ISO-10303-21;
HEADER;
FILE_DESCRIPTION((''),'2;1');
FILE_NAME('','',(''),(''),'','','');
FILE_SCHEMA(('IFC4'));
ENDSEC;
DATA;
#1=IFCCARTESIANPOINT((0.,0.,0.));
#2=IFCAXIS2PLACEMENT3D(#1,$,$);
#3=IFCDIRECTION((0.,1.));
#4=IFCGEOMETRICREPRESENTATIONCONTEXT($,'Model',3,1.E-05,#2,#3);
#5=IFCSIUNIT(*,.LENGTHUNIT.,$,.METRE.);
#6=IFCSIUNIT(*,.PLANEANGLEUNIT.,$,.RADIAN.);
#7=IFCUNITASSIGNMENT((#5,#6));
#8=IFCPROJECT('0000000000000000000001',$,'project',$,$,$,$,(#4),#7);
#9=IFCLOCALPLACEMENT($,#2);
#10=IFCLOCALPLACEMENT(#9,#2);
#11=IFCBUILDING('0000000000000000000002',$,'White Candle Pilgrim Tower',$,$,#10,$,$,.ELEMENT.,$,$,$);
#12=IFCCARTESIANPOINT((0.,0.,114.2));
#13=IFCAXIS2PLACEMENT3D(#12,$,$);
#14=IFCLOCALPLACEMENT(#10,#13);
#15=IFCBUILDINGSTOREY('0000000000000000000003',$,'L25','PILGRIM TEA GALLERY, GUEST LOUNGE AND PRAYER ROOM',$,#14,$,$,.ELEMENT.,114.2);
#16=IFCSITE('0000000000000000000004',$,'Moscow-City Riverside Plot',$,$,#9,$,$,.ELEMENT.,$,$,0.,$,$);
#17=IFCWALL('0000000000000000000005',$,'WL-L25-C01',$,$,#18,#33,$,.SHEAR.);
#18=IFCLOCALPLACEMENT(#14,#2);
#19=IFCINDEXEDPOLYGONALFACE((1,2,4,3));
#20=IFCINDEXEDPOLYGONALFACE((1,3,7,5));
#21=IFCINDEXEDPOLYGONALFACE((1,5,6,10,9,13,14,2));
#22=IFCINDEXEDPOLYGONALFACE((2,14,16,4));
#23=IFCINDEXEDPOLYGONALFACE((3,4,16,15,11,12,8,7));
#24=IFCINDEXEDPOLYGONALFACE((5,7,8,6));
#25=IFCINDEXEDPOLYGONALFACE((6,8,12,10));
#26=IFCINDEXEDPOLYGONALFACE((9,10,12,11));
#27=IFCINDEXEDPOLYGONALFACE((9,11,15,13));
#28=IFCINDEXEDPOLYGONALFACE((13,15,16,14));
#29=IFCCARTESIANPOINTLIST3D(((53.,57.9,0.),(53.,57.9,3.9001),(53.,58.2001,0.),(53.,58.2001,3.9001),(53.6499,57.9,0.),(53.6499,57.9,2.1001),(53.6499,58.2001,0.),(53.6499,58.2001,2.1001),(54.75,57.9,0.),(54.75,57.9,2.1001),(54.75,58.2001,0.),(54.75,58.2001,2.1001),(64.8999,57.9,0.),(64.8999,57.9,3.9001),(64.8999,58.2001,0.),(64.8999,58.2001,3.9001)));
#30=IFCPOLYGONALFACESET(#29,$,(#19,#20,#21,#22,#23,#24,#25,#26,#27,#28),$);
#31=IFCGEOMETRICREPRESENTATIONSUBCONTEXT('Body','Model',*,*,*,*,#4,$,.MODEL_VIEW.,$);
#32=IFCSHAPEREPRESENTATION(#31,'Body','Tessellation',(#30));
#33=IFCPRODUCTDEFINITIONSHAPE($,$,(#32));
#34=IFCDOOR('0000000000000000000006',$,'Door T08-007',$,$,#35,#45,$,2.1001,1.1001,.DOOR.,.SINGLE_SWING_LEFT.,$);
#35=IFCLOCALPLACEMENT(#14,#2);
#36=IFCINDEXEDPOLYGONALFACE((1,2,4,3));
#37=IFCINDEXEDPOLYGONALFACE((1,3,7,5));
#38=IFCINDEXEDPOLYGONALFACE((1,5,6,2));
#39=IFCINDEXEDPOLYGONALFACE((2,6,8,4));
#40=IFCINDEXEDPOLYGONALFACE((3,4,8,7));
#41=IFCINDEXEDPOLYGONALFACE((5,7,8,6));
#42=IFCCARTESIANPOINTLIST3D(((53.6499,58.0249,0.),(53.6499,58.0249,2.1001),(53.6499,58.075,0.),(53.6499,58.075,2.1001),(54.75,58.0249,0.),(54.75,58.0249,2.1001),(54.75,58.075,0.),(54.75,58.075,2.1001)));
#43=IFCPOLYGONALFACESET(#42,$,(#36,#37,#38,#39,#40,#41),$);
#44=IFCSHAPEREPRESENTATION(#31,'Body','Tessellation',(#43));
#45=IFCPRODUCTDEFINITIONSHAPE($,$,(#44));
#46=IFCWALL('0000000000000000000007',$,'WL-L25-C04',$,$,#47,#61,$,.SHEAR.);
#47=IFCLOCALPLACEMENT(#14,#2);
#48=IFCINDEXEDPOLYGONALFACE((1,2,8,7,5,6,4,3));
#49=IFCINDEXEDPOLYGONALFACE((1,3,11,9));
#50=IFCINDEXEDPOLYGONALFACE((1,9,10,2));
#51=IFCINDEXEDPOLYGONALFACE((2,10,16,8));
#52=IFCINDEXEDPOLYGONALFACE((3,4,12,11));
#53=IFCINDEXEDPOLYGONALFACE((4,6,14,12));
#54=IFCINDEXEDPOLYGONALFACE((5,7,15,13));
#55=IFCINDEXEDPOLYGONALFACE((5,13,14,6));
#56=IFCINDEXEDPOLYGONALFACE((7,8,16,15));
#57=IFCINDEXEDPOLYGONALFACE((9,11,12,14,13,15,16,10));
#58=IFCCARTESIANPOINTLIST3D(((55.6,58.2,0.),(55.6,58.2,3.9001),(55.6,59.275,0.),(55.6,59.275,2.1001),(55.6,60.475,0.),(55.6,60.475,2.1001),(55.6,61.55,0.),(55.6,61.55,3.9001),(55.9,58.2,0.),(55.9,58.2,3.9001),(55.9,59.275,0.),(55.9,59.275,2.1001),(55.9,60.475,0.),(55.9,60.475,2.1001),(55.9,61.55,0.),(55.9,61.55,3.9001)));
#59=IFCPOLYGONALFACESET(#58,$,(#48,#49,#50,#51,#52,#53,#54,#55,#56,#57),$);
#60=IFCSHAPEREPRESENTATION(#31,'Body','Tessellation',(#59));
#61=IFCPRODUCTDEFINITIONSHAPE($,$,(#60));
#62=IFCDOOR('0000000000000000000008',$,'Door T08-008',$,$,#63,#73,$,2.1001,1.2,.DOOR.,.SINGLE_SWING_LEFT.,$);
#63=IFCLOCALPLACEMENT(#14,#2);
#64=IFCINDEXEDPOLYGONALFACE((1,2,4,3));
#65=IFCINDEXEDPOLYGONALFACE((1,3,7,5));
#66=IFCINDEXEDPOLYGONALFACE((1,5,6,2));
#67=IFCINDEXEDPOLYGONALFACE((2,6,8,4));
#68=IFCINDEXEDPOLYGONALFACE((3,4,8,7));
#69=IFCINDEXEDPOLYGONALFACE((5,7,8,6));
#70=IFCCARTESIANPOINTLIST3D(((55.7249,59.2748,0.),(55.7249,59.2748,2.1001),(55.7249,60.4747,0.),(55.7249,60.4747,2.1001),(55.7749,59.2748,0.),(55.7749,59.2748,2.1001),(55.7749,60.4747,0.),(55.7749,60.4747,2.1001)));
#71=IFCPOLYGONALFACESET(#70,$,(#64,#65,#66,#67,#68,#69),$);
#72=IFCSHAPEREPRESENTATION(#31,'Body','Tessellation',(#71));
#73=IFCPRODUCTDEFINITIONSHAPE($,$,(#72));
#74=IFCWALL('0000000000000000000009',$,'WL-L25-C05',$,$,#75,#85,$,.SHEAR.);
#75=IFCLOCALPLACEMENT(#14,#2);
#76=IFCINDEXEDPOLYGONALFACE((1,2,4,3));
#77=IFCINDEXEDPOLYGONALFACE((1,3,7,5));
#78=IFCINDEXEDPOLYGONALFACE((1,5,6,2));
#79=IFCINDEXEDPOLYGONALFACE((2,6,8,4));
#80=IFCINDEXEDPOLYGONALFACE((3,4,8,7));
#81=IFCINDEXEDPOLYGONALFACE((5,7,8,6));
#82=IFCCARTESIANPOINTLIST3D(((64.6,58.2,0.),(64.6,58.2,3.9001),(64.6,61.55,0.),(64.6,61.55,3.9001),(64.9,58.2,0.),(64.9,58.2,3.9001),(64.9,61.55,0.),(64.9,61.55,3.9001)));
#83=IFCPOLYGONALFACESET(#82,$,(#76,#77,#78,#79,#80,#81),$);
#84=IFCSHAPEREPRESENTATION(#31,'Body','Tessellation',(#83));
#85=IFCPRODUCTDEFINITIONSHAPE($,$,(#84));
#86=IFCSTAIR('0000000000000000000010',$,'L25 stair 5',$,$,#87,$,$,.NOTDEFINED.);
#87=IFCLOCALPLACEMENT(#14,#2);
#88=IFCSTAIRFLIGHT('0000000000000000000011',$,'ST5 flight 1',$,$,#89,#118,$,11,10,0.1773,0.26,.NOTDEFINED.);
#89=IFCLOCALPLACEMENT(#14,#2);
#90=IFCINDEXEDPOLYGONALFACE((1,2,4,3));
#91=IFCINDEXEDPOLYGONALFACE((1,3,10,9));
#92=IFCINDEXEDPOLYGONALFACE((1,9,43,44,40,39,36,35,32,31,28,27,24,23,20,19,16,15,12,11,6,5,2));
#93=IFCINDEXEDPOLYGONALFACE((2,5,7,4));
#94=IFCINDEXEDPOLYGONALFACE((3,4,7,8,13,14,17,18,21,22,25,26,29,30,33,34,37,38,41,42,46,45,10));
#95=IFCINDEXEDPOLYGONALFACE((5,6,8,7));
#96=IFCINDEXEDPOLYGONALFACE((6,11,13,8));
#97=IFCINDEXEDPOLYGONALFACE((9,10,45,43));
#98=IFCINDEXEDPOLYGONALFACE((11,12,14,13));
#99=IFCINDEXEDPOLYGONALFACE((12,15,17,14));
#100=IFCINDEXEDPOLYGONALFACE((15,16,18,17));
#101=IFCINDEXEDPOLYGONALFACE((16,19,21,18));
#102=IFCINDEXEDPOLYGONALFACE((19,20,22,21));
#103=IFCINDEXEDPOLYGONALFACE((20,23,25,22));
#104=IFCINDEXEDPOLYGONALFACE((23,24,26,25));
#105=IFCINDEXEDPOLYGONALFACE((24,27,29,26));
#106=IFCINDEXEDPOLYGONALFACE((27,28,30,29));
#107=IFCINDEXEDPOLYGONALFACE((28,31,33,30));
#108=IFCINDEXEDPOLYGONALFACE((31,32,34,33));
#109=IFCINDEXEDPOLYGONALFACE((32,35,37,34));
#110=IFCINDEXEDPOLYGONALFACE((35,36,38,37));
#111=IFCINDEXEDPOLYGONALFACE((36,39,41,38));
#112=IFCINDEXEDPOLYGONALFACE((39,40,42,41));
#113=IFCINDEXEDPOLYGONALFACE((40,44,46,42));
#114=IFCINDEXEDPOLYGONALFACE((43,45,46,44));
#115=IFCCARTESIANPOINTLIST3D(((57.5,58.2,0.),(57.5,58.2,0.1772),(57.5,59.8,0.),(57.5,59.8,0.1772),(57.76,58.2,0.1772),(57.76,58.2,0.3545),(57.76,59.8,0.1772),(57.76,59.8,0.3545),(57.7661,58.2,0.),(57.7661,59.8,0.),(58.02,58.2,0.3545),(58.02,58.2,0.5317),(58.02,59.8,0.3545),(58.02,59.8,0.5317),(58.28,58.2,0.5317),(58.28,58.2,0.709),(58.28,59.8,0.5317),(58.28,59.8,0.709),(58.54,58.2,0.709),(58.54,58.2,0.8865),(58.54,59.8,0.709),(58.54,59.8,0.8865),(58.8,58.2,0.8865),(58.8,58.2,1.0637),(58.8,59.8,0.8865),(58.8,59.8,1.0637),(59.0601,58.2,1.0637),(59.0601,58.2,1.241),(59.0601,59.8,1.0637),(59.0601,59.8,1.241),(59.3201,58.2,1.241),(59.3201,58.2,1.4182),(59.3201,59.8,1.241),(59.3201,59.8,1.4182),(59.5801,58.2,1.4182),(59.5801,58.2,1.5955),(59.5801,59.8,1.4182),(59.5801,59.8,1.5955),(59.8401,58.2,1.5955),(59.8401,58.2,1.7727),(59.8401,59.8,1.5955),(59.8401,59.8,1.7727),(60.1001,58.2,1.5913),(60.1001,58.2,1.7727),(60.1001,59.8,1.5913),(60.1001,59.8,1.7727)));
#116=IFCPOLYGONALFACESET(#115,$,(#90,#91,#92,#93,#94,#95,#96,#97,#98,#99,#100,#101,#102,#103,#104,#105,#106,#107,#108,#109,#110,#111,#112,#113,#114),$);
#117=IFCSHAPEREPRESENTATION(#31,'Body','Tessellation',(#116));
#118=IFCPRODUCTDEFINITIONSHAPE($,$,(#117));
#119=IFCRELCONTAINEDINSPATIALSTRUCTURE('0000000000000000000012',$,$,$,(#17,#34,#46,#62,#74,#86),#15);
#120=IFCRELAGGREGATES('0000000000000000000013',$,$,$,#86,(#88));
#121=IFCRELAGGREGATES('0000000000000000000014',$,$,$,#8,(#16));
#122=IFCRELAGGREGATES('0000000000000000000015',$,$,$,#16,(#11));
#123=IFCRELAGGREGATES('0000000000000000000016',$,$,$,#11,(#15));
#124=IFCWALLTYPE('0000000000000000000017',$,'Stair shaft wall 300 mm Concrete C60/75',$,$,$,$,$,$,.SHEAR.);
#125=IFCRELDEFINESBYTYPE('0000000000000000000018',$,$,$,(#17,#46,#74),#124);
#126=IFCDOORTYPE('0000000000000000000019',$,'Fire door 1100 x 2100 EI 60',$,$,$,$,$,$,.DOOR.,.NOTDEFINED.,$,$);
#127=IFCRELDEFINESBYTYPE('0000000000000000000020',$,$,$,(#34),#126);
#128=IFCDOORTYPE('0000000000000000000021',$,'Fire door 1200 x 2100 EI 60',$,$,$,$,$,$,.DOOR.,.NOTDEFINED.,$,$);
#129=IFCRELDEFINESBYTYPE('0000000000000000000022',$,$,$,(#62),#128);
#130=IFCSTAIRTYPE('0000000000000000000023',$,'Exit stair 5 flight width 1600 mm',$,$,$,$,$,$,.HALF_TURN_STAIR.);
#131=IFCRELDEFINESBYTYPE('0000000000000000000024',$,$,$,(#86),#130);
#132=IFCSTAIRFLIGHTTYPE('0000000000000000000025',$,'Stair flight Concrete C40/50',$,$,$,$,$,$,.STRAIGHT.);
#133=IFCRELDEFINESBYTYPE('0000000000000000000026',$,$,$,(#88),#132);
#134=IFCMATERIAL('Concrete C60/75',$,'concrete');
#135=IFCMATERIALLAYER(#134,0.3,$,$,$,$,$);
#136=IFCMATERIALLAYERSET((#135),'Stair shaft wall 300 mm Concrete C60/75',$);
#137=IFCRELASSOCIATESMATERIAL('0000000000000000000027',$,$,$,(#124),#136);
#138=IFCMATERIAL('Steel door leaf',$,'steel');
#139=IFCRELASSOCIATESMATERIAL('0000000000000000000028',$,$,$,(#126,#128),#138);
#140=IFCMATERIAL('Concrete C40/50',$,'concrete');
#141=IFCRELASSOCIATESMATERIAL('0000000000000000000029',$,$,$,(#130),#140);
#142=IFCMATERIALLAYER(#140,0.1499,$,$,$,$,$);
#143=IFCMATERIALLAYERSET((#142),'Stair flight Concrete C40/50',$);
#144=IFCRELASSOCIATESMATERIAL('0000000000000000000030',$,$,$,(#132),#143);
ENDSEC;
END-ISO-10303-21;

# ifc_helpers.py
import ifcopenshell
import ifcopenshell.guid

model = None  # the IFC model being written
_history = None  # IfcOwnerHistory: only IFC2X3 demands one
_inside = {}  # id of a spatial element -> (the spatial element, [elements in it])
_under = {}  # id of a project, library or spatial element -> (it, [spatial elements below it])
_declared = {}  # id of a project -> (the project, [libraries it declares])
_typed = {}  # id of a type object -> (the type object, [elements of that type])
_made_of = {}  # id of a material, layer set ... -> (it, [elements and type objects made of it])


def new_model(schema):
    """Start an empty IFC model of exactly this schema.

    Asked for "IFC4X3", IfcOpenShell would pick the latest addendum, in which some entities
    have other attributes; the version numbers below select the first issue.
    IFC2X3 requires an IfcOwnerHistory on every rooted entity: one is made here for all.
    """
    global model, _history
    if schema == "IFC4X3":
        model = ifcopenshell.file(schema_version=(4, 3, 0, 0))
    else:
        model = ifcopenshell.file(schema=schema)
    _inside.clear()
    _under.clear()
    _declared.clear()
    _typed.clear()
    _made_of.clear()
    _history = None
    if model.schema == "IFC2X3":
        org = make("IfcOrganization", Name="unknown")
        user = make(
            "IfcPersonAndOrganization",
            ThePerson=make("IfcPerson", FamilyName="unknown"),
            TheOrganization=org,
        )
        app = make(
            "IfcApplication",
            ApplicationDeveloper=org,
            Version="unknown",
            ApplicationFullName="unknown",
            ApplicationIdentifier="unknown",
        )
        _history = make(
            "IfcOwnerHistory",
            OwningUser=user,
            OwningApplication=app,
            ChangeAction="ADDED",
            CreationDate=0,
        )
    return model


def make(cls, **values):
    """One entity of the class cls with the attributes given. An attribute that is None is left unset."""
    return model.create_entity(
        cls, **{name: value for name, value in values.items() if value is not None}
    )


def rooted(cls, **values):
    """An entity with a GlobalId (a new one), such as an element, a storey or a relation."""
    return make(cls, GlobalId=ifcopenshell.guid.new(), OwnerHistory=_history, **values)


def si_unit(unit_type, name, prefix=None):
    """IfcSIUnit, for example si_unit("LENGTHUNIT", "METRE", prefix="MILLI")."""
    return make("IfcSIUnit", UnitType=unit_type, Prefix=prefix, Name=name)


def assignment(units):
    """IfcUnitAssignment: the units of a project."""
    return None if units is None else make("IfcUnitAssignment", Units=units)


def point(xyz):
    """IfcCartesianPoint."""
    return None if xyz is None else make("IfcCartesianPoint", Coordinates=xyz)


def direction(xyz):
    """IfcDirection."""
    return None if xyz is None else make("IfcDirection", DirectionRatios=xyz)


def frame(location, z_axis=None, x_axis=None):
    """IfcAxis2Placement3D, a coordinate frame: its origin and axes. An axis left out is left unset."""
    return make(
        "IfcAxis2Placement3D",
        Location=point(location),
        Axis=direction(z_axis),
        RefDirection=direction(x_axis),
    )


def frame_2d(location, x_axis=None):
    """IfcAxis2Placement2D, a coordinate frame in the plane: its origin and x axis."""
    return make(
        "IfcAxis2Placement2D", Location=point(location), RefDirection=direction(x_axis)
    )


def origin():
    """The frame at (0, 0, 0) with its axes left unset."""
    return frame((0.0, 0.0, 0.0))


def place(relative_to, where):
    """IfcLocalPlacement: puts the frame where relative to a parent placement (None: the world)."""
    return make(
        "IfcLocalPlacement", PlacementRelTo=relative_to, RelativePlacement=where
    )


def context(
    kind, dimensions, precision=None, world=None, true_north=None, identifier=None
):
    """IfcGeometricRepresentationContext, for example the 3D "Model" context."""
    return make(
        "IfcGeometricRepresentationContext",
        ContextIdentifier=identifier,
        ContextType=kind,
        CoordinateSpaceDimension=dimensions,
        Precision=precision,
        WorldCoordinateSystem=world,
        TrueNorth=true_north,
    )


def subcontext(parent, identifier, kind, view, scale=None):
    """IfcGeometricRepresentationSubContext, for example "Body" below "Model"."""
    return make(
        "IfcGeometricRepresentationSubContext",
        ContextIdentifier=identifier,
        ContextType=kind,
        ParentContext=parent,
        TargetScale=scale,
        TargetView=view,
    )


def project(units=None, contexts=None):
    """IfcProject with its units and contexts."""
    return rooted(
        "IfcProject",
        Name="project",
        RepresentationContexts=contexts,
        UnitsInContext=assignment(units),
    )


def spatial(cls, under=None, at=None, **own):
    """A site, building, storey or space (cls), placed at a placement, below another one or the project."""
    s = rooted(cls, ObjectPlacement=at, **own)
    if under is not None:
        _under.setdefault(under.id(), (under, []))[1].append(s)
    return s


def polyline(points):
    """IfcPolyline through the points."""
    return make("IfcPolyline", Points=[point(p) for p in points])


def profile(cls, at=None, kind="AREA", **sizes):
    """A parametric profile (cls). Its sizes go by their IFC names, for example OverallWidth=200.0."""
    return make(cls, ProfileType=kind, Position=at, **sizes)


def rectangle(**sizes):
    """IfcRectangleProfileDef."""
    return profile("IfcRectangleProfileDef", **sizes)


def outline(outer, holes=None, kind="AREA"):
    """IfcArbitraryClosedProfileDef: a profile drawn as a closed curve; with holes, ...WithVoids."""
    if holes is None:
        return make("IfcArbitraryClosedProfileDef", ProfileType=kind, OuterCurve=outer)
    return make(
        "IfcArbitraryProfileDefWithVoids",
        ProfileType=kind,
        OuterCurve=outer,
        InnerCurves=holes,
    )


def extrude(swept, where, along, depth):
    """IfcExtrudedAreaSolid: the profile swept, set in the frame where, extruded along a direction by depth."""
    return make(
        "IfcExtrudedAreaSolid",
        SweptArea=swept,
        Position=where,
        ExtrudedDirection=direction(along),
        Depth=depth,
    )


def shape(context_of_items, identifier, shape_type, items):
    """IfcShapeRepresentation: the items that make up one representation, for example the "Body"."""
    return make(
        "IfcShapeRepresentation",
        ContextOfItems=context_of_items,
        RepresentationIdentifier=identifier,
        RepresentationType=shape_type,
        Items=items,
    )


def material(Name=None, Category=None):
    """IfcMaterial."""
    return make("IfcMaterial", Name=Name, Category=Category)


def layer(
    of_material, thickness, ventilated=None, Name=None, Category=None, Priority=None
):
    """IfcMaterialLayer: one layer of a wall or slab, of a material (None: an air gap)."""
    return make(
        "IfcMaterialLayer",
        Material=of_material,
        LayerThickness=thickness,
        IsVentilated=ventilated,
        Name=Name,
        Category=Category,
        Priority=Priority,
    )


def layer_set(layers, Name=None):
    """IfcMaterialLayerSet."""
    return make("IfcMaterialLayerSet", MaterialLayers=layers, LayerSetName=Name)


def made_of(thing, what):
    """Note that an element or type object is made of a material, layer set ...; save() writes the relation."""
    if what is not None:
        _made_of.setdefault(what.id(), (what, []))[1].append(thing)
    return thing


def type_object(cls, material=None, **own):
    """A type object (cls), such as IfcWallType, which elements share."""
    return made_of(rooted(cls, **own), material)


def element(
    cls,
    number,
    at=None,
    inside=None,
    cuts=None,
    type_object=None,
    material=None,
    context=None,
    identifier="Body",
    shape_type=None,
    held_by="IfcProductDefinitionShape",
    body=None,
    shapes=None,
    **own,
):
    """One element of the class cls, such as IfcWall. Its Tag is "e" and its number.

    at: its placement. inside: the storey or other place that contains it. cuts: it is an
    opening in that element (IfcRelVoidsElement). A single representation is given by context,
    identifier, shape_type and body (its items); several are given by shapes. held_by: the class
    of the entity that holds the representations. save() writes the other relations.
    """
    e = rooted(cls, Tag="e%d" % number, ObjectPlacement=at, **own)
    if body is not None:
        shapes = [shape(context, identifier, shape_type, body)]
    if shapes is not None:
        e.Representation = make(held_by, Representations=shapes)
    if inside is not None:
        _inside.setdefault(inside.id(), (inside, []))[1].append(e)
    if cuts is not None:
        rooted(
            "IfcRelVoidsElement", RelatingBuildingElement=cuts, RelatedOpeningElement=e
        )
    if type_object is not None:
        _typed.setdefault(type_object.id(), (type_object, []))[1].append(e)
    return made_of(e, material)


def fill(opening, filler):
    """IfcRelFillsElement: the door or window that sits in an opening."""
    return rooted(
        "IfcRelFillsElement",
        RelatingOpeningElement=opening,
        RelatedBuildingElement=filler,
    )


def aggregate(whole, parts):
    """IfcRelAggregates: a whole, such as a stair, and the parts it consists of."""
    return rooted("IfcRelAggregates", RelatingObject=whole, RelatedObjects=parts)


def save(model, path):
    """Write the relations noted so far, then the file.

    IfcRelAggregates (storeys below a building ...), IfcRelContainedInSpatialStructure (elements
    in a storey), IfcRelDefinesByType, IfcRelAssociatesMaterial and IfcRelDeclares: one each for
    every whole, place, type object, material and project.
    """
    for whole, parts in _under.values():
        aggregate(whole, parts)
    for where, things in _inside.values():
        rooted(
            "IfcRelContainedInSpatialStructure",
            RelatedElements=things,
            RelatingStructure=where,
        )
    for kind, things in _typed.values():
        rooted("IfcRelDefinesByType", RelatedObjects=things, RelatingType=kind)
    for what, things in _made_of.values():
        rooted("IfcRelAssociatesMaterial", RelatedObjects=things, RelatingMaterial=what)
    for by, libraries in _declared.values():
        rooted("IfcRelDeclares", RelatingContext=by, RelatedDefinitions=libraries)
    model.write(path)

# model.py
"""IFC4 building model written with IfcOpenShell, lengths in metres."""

from ifc_helpers import new_model, si_unit, direction, frame, frame_2d, origin, place, context, subcontext, project, spatial, polyline, rectangle, outline, extrude, material, layer, layer_set, type_object, element, fill, aggregate, save


model = new_model("IFC4")

# Units and contexts
model_context = context("Model", 3, precision=1e-05, world=origin(), true_north=direction((0.0, 1.0)))
body_context = subcontext(model_context, "Body", "Model", "MODEL_VIEW")
ifc_project = project(units=[si_unit("LENGTHUNIT", "METRE"), si_unit("PLANEANGLEUNIT", "RADIAN")], contexts=[model_context])

# Site, building, storey
site_placement = place(None, origin())
site = spatial("IfcSite", under=ifc_project, at=site_placement, Name="Moscow-City Riverside Plot", CompositionType="ELEMENT", RefElevation=0.0)
building_placement = place(site_placement, origin())
building = spatial("IfcBuilding", under=site, at=building_placement, Name="White Candle Pilgrim Tower", CompositionType="ELEMENT")
storey_placement = place(building_placement, frame((0.0, 0.0, 114.2)))
storey = spatial("IfcBuildingStorey", under=building, at=storey_placement, Name="L25", Description="PILGRIM TEA GALLERY, GUEST LOUNGE AND PRAYER ROOM", CompositionType="ELEMENT", Elevation=114.2)

# Shared definitions
ifc_material_1 = material(Name="Concrete C60/75", Category="concrete")

# Shared definitions
ifc_material_2 = material(Name="Steel door leaf", Category="steel")

# Walls, openings, doors
ifc_layer_1 = layer(ifc_material_1, 0.3)
ifc_layer_set_1 = layer_set([ifc_layer_1], Name="Stair shaft wall 300 mm Concrete C60/75")
wall_type_1 = type_object("IfcWallType", Name="Stair shaft wall 300 mm Concrete C60/75", PredefinedType="SHEAR", material=ifc_layer_set_1)
wall_1_placement = place(storey_placement, frame((53.0, 58.05, 0.0), z_axis=(0.0, 0.0, 1.0), x_axis=(1.0, 0.0, 0.0)))
wall_1 = element("IfcWall", 1, at=wall_1_placement, inside=storey, type_object=wall_type_1, Name="WL-L25-C01", PredefinedType="SHEAR", context=body_context, shape_type="SweptSolid", body=[
    extrude(rectangle(XDim=11.8999, YDim=0.3, at=frame_2d((5.95, 0.0))), origin(), (0.0, 0.0, 1.0), 3.9001),
])
opening_1_placement = place(wall_1_placement, frame((0.6499, 0.0, 0.0)))
opening_1 = element("IfcOpeningElement", 2, at=opening_1_placement, cuts=wall_1, PredefinedType="OPENING", context=body_context, shape_type="SweptSolid", body=[
    extrude(rectangle(XDim=1.1001, YDim=2.1001, at=frame_2d((0.55, 1.05))), frame((0.0, 0.1599, 0.0), z_axis=(0.0, -1.0, 0.0), x_axis=(1.0, 0.0, 0.0)), (0.0, 0.0, 1.0), 0.3201),
])
door_type_1 = type_object("IfcDoorType", Name="Fire door 1100 x 2100 EI 60", OperationType="NOTDEFINED", PredefinedType="DOOR", material=ifc_material_2)
door_1_placement = place(opening_1_placement, origin())
door_1 = element("IfcDoor", 3, at=door_1_placement, inside=storey, type_object=door_type_1, Name="Door T08-007", OperationType="SINGLE_SWING_LEFT", OverallHeight=2.1001, OverallWidth=1.1001, PredefinedType="DOOR", context=body_context, shape_type="SweptSolid", body=[
    extrude(rectangle(XDim=1.1001, YDim=2.1001, at=frame_2d((0.55, 1.05))), frame((0.0, 0.0249, 0.0), z_axis=(0.0, -1.0, 0.0), x_axis=(1.0, 0.0, 0.0)), (0.0, 0.0, 1.0), 0.05),
])
fill(opening_1, door_1)
wall_2_placement = place(storey_placement, frame((55.75, 58.2, 0.0), z_axis=(0.0, 0.0, 1.0), x_axis=(0.0, 1.0, 0.0)))
wall_2 = element("IfcWall", 4, at=wall_2_placement, inside=storey, type_object=wall_type_1, Name="WL-L25-C04", PredefinedType="SHEAR", context=body_context, shape_type="SweptSolid", body=[
    extrude(rectangle(XDim=3.3501, YDim=0.3, at=frame_2d((1.675, 0.0))), origin(), (0.0, 0.0, 1.0), 3.9001),
])
opening_2_placement = place(wall_2_placement, frame((1.075, 0.0, 0.0)))
opening_2 = element("IfcOpeningElement", 5, at=opening_2_placement, cuts=wall_2, PredefinedType="OPENING", context=body_context, shape_type="SweptSolid", body=[
    extrude(rectangle(XDim=1.2, YDim=2.1001, at=frame_2d((0.6001, 1.05))), frame((0.0, 0.1599, 0.0), z_axis=(0.0, -1.0, 0.0), x_axis=(1.0, 0.0, 0.0)), (0.0, 0.0, 1.0), 0.3201),
])
door_type_2 = type_object("IfcDoorType", Name="Fire door 1200 x 2100 EI 60", OperationType="NOTDEFINED", PredefinedType="DOOR", material=ifc_material_2)
door_2_placement = place(opening_2_placement, frame((1.2, 0.0, 0.0), z_axis=(0.0, 0.0, 1.0), x_axis=(-1.0, 0.0, 0.0)))
door_2 = element("IfcDoor", 6, at=door_2_placement, inside=storey, type_object=door_type_2, Name="Door T08-008", OperationType="SINGLE_SWING_LEFT", OverallHeight=2.1001, OverallWidth=1.2, PredefinedType="DOOR", context=body_context, shape_type="SweptSolid", body=[
    extrude(rectangle(XDim=1.2, YDim=2.1001, at=frame_2d((0.6001, 1.05))), frame((0.0, 0.0249, 0.0), z_axis=(0.0, -1.0, 0.0), x_axis=(1.0, 0.0, 0.0)), (0.0, 0.0, 1.0), 0.05),
])
fill(opening_2, door_2)

# Wall
wall_3_placement = place(storey_placement, frame((64.75, 58.2, 0.0), z_axis=(0.0, 0.0, 1.0), x_axis=(0.0, 1.0, 0.0)))
element("IfcWall", 7, at=wall_3_placement, inside=storey, type_object=wall_type_1, Name="WL-L25-C05", PredefinedType="SHEAR", context=body_context, shape_type="SweptSolid", body=[
    extrude(rectangle(XDim=3.3501, YDim=0.3, at=frame_2d((1.675, 0.0))), origin(), (0.0, 0.0, 1.0), 3.9001),
])

# Stair, stair flight
ifc_material_3 = material(Name="Concrete C40/50", Category="concrete")
stair_type = type_object("IfcStairType", Name="Exit stair 5 flight width 1600 mm", PredefinedType="HALF_TURN_STAIR", material=ifc_material_3)
stair_placement = place(storey_placement, origin())
stair = element("IfcStair", 8, at=stair_placement, inside=storey, type_object=stair_type, Name="L25 stair 5", PredefinedType="NOTDEFINED")
ifc_layer_2 = layer(ifc_material_3, 0.1499)
ifc_layer_set_2 = layer_set([ifc_layer_2], Name="Stair flight Concrete C40/50")
stair_flight_type = type_object("IfcStairFlightType", Name="Stair flight Concrete C40/50", PredefinedType="STRAIGHT", material=ifc_layer_set_2)
stair_flight_placement = place(storey_placement, frame((57.5, 59.0, 0.0), z_axis=(0.0, 0.0, 1.0), x_axis=(1.0, 0.0, 0.0)))
stair_flight = element("IfcStairFlight", 9, at=stair_flight_placement, type_object=stair_flight_type, Name="ST5 flight 1", NumberOfRisers=11, NumberOfTreads=10, PredefinedType="NOTDEFINED", RiserHeight=0.1773, TreadLength=0.26, context=body_context, shape_type="SweptSolid", body=[
    extrude(outline(polyline([(0.0, 0.0), (0.0, 0.1772), (0.26, 0.1772), (0.26, 0.3545), (0.52, 0.3545), (0.52, 0.5317), (0.78, 0.5317), (0.78, 0.709), (1.04, 0.709), (1.04, 0.8865), (1.3, 0.8865), (1.3, 1.0637), (1.5601, 1.0637), (1.5601, 1.241), (1.8201, 1.241), (1.8201, 1.4182), (2.0801, 1.4182), (2.0801, 1.5955), (2.3401, 1.5955), (2.3401, 1.7727), (2.6001, 1.7727), (2.6001, 1.95), (2.6001, 1.5913), (0.2661, 0.0), (0.0, 0.0)])), frame((0.0, 0.8, 0.0), z_axis=(0.0, -1.0, 0.0), x_axis=(1.0, 0.0, 0.0)), (0.0, 0.0, 1.0), 1.6001),
])
aggregate(stair, [stair_flight])

save(model, "model.ifc")
